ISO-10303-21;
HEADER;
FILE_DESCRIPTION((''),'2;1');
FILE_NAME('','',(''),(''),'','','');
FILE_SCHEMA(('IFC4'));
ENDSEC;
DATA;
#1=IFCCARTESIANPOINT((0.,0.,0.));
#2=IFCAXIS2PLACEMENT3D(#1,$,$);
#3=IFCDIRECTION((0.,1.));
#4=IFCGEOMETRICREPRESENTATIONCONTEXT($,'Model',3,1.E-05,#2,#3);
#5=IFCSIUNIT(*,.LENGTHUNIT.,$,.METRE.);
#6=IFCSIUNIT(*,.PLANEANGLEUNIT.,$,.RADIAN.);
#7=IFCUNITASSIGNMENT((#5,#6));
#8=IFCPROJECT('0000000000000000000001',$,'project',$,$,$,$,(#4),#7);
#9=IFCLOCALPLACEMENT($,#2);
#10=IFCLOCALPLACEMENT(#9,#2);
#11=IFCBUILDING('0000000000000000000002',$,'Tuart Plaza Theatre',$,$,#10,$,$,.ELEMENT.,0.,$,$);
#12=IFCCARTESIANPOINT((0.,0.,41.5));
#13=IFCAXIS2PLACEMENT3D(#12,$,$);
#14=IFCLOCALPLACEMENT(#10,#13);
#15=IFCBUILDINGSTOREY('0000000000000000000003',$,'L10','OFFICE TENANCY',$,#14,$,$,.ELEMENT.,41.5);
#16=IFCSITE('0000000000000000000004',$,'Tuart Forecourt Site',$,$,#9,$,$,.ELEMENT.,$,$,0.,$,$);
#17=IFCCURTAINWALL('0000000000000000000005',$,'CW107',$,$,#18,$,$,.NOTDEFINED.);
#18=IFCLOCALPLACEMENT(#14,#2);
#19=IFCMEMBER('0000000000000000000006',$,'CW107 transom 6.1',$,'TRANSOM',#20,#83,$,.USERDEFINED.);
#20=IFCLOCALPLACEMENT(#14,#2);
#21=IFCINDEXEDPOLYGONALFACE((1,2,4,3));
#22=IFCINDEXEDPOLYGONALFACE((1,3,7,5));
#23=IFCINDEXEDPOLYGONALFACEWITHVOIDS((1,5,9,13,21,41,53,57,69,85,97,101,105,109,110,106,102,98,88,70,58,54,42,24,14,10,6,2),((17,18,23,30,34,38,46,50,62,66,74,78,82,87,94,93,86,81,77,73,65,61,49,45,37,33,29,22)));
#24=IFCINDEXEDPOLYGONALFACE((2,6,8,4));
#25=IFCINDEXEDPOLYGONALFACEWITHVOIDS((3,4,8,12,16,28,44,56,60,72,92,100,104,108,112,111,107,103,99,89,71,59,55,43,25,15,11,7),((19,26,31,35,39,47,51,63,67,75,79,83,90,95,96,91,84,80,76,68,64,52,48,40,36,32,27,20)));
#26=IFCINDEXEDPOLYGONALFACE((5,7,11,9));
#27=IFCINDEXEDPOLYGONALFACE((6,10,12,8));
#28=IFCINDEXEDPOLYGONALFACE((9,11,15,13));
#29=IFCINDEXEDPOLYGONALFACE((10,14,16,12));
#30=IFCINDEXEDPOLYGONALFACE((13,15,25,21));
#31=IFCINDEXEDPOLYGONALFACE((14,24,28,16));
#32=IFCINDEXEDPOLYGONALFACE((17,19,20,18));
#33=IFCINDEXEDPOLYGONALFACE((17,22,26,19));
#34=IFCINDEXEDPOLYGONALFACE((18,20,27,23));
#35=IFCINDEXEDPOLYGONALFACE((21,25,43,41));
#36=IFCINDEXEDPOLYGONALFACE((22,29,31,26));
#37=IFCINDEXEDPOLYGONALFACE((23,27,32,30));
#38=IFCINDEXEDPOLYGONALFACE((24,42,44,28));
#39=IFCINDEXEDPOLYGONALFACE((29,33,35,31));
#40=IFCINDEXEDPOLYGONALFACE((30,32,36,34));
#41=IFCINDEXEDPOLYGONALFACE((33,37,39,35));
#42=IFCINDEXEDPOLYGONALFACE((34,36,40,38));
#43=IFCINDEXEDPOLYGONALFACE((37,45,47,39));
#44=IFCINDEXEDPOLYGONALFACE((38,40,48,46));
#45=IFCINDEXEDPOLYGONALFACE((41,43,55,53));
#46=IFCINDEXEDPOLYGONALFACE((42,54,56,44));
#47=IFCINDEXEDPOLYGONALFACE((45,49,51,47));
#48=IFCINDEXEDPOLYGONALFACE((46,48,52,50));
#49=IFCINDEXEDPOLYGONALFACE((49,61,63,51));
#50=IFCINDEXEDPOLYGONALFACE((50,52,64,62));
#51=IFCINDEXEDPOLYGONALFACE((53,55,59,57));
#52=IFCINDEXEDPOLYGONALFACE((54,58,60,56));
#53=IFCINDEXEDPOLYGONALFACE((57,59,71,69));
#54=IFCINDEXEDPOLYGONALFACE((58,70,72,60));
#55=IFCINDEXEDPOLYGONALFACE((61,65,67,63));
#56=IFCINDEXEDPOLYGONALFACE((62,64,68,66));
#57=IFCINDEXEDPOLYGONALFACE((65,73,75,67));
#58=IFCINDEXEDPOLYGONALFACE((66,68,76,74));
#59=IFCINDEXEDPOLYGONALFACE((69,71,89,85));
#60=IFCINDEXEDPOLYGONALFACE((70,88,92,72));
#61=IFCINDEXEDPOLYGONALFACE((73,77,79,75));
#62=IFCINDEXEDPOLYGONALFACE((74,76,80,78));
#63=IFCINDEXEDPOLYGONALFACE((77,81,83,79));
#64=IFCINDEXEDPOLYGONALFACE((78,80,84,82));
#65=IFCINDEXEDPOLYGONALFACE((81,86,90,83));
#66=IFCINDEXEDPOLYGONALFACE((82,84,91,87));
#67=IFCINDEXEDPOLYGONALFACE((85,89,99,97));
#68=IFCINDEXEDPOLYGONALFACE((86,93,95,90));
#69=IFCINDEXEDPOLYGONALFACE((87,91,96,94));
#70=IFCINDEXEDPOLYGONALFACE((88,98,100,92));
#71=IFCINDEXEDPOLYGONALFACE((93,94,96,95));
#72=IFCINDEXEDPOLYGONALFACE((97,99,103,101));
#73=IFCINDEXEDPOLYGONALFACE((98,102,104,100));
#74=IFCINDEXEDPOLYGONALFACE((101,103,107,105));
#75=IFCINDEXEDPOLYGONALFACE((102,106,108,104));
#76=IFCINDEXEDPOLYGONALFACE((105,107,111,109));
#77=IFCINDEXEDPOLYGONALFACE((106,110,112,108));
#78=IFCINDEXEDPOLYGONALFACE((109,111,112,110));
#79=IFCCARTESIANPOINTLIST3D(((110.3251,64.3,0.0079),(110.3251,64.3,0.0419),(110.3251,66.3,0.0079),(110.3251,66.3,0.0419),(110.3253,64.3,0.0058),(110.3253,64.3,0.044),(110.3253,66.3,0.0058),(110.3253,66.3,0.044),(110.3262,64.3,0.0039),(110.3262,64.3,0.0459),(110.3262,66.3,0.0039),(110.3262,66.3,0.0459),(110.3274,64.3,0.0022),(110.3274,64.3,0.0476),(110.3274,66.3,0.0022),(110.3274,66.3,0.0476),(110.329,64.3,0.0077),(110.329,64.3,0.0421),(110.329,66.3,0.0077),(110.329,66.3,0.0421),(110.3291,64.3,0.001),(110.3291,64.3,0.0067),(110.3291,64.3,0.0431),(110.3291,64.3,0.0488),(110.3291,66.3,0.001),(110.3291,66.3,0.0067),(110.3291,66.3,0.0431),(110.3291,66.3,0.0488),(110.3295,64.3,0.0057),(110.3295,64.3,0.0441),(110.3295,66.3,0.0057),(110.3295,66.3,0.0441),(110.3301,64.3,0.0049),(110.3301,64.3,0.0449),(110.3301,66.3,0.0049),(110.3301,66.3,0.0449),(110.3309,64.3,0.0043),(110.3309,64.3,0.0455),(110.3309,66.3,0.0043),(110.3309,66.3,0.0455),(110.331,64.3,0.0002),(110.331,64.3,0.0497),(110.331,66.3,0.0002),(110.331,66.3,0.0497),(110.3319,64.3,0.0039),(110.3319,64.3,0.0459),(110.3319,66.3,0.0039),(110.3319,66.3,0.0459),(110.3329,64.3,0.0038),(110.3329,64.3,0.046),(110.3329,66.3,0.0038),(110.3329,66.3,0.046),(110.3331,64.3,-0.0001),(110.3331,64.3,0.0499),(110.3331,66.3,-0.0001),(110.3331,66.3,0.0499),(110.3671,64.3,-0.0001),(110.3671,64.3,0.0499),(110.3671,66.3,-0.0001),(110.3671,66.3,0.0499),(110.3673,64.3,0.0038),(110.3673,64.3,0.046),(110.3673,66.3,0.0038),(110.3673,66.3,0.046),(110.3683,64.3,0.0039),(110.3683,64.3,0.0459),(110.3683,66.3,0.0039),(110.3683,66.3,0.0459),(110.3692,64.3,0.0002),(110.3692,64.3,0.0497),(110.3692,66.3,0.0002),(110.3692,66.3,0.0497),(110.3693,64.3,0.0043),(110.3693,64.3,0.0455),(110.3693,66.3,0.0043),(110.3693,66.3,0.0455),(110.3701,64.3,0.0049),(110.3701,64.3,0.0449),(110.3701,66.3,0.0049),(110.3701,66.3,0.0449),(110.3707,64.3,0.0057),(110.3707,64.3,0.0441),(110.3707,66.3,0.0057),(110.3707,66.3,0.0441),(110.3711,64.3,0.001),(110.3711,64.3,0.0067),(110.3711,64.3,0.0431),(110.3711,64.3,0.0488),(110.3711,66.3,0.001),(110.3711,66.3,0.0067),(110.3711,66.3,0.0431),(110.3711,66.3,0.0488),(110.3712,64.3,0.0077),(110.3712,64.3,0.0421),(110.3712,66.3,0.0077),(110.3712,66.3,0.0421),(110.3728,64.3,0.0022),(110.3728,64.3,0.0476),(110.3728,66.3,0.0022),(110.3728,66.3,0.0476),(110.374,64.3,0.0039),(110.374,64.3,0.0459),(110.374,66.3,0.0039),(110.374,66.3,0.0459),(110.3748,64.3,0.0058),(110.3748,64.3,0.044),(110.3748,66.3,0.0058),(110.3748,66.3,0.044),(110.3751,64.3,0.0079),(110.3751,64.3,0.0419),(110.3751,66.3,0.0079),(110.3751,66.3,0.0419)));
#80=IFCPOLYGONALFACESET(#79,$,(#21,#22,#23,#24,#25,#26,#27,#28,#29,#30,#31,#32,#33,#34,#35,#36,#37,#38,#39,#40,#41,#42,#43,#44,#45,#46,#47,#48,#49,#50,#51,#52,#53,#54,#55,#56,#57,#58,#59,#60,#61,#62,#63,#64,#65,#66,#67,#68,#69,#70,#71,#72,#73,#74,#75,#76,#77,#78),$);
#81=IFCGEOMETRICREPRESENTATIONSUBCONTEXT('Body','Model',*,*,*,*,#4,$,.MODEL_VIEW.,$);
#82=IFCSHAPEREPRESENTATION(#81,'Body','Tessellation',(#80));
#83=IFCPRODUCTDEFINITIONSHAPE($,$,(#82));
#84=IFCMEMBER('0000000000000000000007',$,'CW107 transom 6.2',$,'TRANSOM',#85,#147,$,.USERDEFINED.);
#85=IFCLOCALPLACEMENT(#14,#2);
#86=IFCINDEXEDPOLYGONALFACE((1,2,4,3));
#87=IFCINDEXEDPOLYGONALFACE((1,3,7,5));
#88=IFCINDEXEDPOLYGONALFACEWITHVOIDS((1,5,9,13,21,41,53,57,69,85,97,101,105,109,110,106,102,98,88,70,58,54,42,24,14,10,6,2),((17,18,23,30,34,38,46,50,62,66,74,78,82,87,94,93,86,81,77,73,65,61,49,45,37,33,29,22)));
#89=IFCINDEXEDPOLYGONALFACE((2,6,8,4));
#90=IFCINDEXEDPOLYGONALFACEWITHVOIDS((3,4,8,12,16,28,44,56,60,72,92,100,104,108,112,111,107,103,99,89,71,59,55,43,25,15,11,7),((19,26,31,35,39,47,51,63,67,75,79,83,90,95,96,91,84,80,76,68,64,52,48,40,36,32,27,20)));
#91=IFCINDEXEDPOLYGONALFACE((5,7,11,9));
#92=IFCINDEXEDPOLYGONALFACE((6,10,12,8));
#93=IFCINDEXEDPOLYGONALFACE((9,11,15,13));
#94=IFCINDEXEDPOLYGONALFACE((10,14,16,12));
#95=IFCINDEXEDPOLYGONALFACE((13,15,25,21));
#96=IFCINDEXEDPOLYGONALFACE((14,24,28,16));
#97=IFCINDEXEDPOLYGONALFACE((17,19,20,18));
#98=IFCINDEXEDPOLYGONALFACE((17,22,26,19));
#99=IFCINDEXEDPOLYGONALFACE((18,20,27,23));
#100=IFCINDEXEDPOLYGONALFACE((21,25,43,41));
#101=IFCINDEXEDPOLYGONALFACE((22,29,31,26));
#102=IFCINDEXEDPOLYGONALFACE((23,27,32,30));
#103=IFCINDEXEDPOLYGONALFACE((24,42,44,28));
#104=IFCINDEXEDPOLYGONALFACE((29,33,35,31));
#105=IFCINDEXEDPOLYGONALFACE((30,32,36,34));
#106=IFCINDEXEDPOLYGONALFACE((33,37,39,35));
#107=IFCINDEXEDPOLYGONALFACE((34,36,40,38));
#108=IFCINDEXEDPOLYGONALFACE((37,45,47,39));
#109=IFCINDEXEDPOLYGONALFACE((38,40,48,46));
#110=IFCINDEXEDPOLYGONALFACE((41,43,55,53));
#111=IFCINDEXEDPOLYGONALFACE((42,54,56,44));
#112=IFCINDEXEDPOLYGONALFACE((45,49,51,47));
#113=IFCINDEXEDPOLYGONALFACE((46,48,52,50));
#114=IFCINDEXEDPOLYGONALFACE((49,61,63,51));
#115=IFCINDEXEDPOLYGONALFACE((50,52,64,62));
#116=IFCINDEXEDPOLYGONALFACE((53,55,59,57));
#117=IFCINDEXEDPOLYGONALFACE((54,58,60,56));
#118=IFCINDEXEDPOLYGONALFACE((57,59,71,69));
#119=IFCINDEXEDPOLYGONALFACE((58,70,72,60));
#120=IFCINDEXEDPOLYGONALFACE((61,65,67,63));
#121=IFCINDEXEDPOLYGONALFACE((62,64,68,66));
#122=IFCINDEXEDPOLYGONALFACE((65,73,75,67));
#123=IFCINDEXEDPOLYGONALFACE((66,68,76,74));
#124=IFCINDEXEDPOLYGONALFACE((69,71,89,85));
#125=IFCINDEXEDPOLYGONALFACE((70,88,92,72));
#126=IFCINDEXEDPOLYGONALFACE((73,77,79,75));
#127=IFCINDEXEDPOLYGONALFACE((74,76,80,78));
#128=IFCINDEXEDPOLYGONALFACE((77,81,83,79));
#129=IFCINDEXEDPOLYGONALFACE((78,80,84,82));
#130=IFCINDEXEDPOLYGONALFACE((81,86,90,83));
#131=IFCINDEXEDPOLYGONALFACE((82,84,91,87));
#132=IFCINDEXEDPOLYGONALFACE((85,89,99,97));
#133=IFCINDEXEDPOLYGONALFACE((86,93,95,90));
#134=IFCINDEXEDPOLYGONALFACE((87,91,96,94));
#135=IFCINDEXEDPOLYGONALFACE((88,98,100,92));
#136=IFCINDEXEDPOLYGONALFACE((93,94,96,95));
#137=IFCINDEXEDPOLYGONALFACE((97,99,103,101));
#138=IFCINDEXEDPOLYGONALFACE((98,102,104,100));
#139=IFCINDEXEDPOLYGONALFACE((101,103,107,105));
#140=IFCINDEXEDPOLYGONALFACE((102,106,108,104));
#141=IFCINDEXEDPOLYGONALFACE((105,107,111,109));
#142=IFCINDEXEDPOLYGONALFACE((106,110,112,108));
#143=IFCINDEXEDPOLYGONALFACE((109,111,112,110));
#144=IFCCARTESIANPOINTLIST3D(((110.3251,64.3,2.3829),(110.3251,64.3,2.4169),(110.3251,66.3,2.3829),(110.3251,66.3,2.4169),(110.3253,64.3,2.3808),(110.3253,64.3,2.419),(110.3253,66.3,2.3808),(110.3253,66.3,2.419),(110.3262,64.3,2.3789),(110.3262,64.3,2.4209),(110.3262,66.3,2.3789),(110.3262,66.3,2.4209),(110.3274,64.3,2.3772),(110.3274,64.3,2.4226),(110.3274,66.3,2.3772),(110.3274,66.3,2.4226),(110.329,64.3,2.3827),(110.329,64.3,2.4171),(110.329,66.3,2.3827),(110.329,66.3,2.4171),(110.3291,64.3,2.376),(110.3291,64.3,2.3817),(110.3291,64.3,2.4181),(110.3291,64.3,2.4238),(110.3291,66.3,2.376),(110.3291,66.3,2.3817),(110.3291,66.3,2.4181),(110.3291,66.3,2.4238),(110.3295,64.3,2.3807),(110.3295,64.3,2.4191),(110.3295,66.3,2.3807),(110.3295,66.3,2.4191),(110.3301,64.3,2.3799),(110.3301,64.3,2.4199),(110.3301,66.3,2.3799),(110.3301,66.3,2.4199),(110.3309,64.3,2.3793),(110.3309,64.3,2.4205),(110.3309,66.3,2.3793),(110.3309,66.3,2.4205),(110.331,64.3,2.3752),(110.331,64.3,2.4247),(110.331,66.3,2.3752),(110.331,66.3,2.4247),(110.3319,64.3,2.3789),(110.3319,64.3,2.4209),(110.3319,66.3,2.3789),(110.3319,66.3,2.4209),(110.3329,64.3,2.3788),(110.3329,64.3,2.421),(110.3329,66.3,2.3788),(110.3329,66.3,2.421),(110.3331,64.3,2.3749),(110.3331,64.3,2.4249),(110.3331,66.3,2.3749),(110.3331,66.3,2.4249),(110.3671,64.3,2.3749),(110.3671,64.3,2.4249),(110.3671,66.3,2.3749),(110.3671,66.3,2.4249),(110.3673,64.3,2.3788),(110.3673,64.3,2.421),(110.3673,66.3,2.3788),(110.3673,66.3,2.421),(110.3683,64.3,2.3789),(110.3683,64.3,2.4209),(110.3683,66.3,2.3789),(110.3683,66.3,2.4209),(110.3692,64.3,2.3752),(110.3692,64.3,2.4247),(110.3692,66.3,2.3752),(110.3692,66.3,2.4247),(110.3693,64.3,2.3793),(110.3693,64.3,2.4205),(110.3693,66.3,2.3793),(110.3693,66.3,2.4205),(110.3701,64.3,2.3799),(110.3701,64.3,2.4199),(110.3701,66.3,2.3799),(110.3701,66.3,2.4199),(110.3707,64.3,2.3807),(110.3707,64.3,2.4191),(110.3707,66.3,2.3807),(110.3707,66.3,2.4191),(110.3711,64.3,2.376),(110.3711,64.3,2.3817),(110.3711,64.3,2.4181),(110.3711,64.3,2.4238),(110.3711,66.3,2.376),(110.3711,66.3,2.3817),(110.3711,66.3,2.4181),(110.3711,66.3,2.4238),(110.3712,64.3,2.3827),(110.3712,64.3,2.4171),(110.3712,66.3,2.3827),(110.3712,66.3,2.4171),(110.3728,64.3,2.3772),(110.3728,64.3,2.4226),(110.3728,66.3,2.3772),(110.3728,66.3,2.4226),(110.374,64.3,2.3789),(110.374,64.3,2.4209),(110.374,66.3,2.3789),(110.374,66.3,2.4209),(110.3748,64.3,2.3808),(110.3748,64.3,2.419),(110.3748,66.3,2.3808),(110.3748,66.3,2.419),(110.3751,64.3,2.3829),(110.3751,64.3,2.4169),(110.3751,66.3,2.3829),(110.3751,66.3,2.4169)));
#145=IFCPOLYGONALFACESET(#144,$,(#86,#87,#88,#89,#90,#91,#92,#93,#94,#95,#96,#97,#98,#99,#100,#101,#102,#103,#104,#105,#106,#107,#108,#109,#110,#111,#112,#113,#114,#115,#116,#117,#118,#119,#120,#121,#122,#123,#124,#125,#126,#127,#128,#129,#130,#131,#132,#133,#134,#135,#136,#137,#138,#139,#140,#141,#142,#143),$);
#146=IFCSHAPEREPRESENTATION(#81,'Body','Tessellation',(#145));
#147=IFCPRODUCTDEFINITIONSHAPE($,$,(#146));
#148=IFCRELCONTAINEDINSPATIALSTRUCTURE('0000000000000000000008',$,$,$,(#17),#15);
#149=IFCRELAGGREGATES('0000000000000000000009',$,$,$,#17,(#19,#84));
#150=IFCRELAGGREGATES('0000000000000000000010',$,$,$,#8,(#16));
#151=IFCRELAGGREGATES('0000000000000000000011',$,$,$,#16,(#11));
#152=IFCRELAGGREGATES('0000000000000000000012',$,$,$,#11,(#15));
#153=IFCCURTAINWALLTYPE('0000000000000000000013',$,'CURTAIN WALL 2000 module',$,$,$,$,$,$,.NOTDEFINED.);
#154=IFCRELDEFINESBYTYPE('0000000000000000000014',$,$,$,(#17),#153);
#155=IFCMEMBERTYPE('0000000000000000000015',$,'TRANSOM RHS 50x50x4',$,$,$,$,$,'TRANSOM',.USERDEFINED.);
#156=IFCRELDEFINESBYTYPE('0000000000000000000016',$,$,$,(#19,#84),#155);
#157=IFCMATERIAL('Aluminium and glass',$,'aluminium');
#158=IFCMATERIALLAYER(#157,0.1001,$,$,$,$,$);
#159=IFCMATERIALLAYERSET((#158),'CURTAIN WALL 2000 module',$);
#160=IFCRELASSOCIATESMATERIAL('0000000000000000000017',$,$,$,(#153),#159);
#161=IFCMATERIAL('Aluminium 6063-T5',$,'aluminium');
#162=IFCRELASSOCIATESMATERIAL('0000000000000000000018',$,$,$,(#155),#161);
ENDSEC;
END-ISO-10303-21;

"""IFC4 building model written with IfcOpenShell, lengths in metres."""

from ifc_helpers import new_model, si_unit, direction, frame, origin, origin_2d, place, context, subcontext, project, spatial, hollow_rectangle, extrude, material, layer, layer_set, material_profile, profile_set, type_object, element, aggregate, save


model = new_model("IFC4")

# Units and contexts
model_context = context("Model", 3, precision=1e-05, world=origin(), true_north=direction((0.0, 1.0)))
body_context = subcontext(model_context, "Body", "Model", "MODEL_VIEW")
ifc_project = project(units=[si_unit("LENGTHUNIT", "METRE"), si_unit("PLANEANGLEUNIT", "RADIAN")], contexts=[model_context])

# Site, building, storey
site_placement = place(None, origin())
site = spatial("IfcSite", under=ifc_project, at=site_placement, Name="Tuart Forecourt Site", CompositionType="ELEMENT", RefElevation=0.0)
building_placement = place(site_placement, origin())
building = spatial("IfcBuilding", under=site, at=building_placement, Name="Tuart Plaza Theatre", CompositionType="ELEMENT", ElevationOfRefHeight=0.0)
storey_placement = place(building_placement, frame((0.0, 0.0, 41.5)))
storey = spatial("IfcBuildingStorey", under=building, at=storey_placement, Name="L10", Description="OFFICE TENANCY", CompositionType="ELEMENT", Elevation=41.5)

# Curtain wall, members
ifc_material_1 = material(Name="Aluminium and glass", Category="aluminium")
ifc_layer_1 = layer(ifc_material_1, 0.1001)
ifc_layer_set_1 = layer_set([ifc_layer_1], Name="CURTAIN WALL 2000 module")
curtain_wall_type = type_object("IfcCurtainWallType", Name="CURTAIN WALL 2000 module", PredefinedType="NOTDEFINED", material=ifc_layer_set_1)
curtain_wall_placement = place(storey_placement, origin())
curtain_wall = element("IfcCurtainWall", 1, at=curtain_wall_placement, inside=storey, type_object=curtain_wall_type, Name="CW107", PredefinedType="NOTDEFINED")
ifc_material_2 = material(Name="Aluminium 6063-T5", Category="aluminium")
ifc_material_profile_1 = material_profile(ifc_material_2, hollow_rectangle(XDim=0.05, YDim=0.05, WallThickness=0.0039, InnerFilletRadius=0.0039, OuterFilletRadius=0.0081, at=origin_2d()), Name="RHS 50x50x4")
ifc_profile_set_1 = profile_set([ifc_material_profile_1], Name="Aluminium 6063-T5")
member_type = type_object("IfcMemberType", Name="TRANSOM RHS 50x50x4", ElementType="TRANSOM", PredefinedType="USERDEFINED", material=ifc_profile_set_1)
member_1_placement = place(storey_placement, frame((110.3501, 66.3, 0.0249), z_axis=(0.0, -1.0, 0.0), x_axis=(1.0, 0.0, 0.0)))
member_1 = element("IfcMember", 2, at=member_1_placement, type_object=member_type, Name="CW107 transom 6.1", ObjectType="TRANSOM", PredefinedType="USERDEFINED", context=body_context, shape_type="SweptSolid", body=[
    extrude(hollow_rectangle(XDim=0.05, YDim=0.05, WallThickness=0.0039, InnerFilletRadius=0.0039, OuterFilletRadius=0.0081, at=origin_2d()), origin(), (0.0, 0.0, 1.0), 2.0),
])
member_2_placement = place(storey_placement, frame((110.3501, 66.3, 2.3999), z_axis=(0.0, -1.0, 0.0), x_axis=(1.0, 0.0, 0.0)))
member_2 = element("IfcMember", 3, at=member_2_placement, type_object=member_type, Name="CW107 transom 6.2", ObjectType="TRANSOM", PredefinedType="USERDEFINED", context=body_context, shape_type="SweptSolid", body=[
    extrude(hollow_rectangle(XDim=0.05, YDim=0.05, WallThickness=0.0039, InnerFilletRadius=0.0039, OuterFilletRadius=0.0081, at=origin_2d()), origin(), (0.0, 0.0, 1.0), 2.0),
])
aggregate(curtain_wall, [member_1, member_2])

save(model, "model.ifc")
